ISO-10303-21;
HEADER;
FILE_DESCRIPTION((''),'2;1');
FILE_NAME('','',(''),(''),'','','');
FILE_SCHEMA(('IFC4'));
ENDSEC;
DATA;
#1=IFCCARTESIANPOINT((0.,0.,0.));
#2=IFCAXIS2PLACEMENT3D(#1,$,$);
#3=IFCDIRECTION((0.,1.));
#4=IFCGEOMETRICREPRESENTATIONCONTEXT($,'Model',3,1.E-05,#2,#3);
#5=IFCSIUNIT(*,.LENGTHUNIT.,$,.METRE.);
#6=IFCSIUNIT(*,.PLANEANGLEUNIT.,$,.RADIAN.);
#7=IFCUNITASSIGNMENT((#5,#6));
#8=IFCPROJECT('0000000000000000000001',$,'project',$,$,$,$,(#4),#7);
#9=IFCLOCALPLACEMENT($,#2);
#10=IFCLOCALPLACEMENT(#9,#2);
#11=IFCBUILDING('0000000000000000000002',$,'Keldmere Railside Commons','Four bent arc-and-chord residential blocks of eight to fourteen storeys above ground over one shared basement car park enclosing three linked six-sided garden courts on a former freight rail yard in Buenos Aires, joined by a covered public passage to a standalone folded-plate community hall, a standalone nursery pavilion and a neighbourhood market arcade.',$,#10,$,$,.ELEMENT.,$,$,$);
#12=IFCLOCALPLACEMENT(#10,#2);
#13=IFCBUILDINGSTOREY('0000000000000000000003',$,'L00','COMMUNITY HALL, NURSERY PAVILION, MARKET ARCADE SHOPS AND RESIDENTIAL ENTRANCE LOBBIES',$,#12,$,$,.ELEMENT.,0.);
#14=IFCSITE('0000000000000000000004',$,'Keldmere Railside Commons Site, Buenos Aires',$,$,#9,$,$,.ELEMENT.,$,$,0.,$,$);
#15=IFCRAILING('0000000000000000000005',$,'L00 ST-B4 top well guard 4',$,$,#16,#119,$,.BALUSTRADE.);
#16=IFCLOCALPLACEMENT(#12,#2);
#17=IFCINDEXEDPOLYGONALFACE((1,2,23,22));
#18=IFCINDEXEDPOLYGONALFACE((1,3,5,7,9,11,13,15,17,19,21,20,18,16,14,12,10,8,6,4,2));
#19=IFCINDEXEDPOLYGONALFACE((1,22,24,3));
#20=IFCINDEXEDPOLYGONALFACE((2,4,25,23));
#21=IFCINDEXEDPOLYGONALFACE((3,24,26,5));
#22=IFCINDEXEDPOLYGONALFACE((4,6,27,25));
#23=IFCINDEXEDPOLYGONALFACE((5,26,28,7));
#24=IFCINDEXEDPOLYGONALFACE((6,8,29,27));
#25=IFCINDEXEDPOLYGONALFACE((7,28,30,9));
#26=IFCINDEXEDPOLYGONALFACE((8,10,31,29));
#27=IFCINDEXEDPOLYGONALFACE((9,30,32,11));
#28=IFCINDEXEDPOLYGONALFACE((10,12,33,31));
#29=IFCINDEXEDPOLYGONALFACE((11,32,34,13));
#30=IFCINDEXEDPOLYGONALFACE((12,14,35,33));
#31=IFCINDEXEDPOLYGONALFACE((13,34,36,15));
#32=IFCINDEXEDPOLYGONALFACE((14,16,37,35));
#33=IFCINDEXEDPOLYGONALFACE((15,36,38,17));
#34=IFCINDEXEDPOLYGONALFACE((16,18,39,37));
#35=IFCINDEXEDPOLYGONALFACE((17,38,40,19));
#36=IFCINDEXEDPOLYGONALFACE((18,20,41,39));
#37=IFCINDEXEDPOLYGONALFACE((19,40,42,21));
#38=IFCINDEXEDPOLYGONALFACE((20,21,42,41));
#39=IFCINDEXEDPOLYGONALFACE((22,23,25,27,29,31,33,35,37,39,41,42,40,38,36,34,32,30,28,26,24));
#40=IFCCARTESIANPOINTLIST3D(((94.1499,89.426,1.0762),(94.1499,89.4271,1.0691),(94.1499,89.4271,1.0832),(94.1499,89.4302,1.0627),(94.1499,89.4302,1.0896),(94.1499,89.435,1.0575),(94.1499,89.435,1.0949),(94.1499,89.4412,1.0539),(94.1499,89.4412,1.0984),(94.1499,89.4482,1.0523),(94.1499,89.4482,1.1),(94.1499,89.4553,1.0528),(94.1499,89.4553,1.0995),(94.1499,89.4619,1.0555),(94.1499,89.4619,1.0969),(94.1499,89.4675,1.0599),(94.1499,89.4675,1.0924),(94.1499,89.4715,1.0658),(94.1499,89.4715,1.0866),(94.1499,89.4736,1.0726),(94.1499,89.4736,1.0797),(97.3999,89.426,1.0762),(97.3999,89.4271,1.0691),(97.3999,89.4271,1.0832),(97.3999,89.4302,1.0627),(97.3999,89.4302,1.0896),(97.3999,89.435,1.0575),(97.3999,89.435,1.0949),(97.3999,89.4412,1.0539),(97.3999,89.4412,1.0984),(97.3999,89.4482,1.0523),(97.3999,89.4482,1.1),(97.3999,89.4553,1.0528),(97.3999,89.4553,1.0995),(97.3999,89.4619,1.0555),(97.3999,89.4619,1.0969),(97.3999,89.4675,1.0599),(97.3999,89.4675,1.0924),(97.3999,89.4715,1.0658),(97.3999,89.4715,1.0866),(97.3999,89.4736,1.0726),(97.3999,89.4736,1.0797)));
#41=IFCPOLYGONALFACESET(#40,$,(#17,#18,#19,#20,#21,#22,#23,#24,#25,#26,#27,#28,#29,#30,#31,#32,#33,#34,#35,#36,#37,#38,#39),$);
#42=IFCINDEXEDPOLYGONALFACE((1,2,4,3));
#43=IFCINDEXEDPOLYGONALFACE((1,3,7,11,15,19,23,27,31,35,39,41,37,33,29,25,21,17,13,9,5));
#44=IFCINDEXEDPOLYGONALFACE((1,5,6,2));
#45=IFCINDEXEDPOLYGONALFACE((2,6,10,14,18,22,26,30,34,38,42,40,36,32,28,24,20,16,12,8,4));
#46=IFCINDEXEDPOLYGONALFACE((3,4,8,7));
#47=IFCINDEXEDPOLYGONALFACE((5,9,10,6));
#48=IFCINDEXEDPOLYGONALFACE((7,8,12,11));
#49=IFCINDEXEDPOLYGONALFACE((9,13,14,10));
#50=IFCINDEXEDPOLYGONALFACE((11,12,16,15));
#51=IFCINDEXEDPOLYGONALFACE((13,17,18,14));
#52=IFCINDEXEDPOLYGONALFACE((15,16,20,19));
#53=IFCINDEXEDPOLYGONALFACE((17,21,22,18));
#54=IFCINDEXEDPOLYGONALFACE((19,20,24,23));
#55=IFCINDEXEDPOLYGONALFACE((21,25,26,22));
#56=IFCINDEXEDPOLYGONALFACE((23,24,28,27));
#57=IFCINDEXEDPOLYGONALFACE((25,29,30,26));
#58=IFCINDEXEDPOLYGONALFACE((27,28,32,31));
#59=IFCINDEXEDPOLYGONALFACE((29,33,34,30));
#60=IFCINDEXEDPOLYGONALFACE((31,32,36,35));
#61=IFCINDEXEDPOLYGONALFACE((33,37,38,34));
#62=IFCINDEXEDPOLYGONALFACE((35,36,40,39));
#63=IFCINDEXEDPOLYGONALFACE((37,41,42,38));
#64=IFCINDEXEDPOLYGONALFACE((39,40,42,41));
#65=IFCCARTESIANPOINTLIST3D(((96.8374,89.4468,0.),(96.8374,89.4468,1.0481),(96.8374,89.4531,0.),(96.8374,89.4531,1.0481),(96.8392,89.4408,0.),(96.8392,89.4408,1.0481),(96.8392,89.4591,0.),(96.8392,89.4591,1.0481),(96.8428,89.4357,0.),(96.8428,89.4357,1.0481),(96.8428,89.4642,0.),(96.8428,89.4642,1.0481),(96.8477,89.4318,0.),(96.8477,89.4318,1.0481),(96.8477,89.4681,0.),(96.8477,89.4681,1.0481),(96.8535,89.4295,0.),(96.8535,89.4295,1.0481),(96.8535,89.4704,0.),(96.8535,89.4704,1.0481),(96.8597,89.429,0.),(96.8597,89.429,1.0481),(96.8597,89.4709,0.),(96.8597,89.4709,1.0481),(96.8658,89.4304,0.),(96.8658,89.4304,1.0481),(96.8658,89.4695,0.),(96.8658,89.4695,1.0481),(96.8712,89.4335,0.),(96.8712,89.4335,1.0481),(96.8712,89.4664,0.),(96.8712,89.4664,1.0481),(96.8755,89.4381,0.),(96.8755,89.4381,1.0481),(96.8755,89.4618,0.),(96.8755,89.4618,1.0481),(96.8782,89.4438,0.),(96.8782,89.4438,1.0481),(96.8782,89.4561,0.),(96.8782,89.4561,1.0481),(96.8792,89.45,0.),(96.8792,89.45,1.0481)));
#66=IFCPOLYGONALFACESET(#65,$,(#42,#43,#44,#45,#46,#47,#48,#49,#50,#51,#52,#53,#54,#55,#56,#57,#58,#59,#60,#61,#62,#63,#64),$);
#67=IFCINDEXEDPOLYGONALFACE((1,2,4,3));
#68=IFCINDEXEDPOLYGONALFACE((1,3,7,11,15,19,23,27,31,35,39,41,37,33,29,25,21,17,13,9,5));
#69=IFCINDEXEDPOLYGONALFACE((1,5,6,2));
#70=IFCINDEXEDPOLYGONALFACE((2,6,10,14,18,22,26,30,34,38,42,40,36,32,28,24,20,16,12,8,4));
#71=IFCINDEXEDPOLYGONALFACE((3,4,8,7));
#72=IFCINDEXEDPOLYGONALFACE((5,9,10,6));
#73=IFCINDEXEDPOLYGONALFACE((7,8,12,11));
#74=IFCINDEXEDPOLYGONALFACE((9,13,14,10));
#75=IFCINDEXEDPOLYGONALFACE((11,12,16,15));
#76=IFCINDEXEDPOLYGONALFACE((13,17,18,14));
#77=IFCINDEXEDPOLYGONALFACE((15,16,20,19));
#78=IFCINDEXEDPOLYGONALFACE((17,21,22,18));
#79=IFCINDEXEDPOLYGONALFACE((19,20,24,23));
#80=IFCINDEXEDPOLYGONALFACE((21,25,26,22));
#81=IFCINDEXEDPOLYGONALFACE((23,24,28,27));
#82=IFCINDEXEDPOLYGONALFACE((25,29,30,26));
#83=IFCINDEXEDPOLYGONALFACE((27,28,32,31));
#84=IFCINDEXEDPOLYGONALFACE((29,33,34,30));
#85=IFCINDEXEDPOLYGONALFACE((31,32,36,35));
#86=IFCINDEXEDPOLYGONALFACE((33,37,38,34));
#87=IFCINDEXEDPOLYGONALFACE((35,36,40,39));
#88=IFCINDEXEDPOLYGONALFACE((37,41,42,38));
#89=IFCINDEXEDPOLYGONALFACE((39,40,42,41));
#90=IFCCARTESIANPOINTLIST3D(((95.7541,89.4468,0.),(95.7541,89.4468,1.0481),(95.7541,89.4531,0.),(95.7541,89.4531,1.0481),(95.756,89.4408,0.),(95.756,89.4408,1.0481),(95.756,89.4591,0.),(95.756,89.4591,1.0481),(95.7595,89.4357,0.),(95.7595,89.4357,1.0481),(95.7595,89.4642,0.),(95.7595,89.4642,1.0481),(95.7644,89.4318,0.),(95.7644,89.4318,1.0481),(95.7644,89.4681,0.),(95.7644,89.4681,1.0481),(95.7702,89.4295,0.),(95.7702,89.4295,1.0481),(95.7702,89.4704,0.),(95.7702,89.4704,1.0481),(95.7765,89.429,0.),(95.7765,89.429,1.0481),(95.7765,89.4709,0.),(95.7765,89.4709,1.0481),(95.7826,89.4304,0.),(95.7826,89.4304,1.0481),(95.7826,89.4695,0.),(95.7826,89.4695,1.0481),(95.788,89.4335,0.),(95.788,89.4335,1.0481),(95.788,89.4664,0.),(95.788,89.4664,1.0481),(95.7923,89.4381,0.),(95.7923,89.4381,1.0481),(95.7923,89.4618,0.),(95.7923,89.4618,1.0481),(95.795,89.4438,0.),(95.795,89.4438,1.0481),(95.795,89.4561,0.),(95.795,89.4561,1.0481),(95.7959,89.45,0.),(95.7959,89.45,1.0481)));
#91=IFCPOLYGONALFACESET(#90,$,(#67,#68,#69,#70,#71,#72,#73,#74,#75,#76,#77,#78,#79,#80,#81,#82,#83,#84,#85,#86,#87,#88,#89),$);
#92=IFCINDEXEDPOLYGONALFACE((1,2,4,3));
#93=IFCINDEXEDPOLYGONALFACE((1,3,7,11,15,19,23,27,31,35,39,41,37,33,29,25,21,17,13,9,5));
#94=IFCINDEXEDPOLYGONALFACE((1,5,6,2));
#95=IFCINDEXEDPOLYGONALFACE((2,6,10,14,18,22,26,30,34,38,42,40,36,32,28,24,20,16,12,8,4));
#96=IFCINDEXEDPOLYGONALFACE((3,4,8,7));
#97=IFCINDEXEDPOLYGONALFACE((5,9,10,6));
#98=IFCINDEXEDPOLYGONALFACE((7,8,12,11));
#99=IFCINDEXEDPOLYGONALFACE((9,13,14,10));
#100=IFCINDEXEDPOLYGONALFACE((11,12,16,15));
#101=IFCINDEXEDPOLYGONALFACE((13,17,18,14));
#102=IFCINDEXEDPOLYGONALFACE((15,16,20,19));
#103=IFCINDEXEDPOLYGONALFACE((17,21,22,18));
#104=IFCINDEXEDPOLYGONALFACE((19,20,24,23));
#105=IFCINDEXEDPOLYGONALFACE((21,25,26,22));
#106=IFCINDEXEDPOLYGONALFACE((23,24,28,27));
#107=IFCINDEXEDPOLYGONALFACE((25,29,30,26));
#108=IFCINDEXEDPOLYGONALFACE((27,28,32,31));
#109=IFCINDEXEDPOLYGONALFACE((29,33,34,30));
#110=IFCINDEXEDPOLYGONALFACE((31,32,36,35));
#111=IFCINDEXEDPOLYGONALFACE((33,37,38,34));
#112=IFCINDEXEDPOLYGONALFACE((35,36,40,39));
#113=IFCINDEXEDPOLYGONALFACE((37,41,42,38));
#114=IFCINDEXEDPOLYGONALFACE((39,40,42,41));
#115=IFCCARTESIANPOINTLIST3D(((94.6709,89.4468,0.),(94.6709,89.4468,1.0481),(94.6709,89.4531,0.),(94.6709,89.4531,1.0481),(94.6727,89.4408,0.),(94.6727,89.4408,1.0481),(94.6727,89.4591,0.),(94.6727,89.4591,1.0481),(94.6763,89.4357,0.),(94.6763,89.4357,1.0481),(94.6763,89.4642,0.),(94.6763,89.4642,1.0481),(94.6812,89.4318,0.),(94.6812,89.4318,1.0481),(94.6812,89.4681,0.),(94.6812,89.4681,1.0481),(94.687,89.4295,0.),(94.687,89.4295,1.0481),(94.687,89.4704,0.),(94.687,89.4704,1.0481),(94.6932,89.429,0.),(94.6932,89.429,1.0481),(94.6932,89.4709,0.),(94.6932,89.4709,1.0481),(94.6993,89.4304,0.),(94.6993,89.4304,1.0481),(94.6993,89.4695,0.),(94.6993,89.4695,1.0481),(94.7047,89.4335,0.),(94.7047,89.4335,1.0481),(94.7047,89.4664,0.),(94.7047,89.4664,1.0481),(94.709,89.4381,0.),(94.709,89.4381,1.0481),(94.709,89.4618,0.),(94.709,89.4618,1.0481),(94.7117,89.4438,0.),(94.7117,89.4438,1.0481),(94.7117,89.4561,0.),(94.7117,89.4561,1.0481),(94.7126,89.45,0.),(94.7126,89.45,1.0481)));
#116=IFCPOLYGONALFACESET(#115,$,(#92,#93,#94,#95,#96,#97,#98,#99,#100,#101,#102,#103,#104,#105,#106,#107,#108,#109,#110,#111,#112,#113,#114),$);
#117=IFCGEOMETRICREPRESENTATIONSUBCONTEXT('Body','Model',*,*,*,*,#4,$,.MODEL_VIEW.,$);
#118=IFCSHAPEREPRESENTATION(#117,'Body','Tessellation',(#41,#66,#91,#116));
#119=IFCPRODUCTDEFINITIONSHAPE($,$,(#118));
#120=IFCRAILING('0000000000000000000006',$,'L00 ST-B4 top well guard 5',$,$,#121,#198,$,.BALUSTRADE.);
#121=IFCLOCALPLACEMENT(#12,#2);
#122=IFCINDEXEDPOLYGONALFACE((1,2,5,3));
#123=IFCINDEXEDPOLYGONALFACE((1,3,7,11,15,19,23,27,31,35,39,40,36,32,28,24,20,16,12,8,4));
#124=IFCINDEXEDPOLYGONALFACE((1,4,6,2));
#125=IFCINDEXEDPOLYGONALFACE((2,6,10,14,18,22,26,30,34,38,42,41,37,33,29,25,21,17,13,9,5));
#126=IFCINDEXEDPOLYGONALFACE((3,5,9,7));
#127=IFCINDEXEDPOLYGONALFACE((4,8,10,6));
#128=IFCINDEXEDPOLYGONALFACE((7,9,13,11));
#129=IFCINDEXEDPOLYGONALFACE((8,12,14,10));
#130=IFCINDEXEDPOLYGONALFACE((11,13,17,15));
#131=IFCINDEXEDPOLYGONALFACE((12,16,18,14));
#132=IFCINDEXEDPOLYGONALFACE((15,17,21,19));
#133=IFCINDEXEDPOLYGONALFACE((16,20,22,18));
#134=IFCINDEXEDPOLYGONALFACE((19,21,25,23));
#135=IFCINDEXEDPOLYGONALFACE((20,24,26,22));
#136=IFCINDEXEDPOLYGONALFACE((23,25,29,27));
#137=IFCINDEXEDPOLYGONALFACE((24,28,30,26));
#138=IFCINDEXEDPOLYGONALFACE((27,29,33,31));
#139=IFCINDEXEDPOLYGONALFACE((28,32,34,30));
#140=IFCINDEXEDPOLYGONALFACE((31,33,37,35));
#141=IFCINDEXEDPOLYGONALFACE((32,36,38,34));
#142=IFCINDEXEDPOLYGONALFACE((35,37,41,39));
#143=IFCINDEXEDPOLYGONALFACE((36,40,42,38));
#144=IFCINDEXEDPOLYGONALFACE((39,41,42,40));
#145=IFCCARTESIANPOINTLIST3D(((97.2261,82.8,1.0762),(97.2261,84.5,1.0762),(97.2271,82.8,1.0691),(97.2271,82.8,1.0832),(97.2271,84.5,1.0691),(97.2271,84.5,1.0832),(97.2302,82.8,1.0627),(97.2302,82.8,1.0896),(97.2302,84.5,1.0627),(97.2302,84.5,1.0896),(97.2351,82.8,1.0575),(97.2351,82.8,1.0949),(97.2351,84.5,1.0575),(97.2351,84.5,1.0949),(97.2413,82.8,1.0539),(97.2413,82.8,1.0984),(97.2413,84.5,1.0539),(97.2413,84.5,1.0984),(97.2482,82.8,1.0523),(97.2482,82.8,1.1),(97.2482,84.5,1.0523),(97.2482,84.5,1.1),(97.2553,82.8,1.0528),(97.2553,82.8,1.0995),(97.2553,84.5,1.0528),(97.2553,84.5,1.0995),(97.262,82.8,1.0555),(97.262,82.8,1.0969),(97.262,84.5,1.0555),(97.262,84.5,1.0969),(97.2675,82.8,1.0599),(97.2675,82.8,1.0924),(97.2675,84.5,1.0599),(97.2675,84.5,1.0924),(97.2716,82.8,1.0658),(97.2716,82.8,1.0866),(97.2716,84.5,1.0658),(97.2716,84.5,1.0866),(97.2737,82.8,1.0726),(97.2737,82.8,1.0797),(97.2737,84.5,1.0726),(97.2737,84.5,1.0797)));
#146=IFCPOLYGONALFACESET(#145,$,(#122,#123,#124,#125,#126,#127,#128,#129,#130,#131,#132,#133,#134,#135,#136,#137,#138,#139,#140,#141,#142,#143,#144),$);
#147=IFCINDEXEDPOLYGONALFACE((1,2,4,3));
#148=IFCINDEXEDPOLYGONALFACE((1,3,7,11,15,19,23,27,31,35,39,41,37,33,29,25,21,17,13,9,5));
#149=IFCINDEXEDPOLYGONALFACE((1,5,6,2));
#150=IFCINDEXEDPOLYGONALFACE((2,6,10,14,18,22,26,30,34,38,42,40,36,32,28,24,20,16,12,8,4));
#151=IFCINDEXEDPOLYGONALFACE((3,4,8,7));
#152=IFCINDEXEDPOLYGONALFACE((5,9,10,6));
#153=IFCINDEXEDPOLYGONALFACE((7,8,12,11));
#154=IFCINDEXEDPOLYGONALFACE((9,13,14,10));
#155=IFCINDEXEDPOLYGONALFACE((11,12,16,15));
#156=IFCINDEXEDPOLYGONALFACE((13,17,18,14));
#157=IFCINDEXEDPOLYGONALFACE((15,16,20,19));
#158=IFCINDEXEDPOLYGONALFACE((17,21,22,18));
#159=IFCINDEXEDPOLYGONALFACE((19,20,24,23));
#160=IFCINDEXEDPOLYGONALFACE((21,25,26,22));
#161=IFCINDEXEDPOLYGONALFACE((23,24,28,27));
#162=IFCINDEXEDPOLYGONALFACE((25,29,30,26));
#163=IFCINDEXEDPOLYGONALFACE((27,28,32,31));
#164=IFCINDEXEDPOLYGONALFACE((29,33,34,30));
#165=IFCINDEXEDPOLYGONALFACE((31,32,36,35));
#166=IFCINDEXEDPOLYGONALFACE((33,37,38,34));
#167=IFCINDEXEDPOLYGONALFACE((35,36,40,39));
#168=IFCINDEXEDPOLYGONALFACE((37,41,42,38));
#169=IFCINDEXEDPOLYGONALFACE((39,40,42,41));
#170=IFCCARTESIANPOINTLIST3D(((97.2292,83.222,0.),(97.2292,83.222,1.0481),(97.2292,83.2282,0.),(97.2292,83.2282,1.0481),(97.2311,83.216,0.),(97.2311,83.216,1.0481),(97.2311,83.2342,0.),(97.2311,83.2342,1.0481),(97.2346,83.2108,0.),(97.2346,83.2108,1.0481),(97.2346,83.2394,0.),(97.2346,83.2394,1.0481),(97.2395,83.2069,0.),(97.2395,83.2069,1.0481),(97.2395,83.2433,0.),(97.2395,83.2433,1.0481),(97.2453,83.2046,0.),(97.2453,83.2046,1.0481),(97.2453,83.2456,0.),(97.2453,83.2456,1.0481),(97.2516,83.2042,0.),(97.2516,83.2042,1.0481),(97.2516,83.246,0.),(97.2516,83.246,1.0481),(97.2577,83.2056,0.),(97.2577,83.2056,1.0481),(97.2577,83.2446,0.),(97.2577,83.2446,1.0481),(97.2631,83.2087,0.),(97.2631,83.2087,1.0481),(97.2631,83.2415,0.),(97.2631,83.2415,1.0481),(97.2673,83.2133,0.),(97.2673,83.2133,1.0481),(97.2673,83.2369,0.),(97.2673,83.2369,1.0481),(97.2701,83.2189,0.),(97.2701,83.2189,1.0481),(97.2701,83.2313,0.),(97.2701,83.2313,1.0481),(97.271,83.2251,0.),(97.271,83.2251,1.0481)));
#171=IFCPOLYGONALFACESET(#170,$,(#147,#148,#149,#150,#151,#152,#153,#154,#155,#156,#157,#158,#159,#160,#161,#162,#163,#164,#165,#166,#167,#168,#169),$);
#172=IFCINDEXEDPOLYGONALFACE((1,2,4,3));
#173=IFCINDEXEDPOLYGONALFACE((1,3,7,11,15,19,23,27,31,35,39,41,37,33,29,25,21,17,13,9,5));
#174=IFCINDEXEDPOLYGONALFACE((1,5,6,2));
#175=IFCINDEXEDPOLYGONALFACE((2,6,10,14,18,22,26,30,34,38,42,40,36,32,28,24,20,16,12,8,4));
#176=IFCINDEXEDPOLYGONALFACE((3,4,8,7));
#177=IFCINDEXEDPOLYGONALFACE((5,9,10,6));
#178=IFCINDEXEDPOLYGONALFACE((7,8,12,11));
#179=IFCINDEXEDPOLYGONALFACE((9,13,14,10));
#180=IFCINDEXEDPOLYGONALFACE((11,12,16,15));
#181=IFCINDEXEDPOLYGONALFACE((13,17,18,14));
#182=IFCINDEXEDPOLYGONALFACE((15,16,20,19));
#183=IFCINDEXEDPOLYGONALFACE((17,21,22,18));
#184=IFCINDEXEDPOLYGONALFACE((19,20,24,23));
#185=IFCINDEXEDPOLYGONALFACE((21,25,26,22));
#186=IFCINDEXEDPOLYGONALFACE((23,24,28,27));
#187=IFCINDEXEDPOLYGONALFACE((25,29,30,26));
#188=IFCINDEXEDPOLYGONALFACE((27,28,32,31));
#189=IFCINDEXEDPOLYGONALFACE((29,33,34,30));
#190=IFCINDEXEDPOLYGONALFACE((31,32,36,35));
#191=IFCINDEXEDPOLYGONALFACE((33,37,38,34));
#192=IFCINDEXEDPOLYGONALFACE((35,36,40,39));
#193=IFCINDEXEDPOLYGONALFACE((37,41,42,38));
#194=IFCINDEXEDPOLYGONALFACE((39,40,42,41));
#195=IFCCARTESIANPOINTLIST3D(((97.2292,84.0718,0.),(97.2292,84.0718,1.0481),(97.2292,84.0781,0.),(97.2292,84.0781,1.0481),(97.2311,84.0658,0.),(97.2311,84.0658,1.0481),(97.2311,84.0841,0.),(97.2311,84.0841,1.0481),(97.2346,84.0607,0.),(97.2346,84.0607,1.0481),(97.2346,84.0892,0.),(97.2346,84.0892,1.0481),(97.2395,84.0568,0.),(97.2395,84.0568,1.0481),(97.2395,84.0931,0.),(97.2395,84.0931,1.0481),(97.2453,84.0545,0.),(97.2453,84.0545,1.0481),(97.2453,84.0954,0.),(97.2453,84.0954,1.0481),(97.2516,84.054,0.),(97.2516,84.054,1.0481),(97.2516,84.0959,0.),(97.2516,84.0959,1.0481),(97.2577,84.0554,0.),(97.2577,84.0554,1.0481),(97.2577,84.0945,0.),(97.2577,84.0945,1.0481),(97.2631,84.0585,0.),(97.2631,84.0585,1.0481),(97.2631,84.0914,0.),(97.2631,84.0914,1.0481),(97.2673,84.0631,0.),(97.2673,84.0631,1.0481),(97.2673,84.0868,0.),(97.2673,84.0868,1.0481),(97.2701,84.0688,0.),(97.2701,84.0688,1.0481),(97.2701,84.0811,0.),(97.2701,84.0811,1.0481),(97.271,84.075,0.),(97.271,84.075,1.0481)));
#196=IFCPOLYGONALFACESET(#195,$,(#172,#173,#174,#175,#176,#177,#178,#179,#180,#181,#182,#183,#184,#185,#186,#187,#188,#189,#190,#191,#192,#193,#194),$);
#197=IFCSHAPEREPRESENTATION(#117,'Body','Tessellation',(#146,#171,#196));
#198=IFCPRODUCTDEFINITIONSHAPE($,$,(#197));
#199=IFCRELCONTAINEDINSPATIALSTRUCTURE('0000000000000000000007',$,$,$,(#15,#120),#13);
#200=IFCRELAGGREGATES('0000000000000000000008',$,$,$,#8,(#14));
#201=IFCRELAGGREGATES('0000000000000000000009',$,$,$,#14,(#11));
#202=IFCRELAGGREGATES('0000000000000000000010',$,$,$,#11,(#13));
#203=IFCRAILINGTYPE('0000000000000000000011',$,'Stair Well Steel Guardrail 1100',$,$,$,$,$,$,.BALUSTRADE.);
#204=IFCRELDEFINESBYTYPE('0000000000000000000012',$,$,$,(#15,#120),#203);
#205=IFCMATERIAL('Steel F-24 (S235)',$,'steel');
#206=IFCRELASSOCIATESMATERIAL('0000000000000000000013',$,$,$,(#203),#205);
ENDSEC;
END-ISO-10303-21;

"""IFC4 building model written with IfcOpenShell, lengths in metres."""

from ifc_helpers import new_model, si_unit, direction, frame, origin, origin_2d, place, context, subcontext, project, spatial, circle, extrude, material, type_object, element, save


model = new_model("IFC4")

# Units and contexts
model_context = context("Model", 3, precision=1e-05, world=origin(), true_north=direction((0.0, 1.0)))
body_context = subcontext(model_context, "Body", "Model", "MODEL_VIEW")
ifc_project = project(units=[si_unit("LENGTHUNIT", "METRE"), si_unit("PLANEANGLEUNIT", "RADIAN")], contexts=[model_context])

# Site, building, storey
site_placement = place(None, origin())
site = spatial("IfcSite", under=ifc_project, at=site_placement, Name="Keldmere Railside Commons Site, Buenos Aires", CompositionType="ELEMENT", RefElevation=0.0)
building_placement = place(site_placement, origin())
building = spatial("IfcBuilding", under=site, at=building_placement, Name="Keldmere Railside Commons", Description="Four bent arc-and-chord residential blocks of eight to fourteen storeys above ground over one shared basement car park enclosing three linked six-sided garden courts on a former freight rail yard in Buenos Aires, joined by a covered public passage to a standalone folded-plate community hall, a standalone nursery pavilion and a neighbourhood market arcade.", CompositionType="ELEMENT")
storey_placement = place(building_placement, origin())
storey = spatial("IfcBuildingStorey", under=building, at=storey_placement, Name="L00", Description="COMMUNITY HALL, NURSERY PAVILION, MARKET ARCADE SHOPS AND RESIDENTIAL ENTRANCE LOBBIES", CompositionType="ELEMENT", Elevation=0.0)

# Shared definitions
ifc_material_1 = material(Name="Steel F-24 (S235)", Category="steel")

# Railings
railing_type = type_object("IfcRailingType", Name="Stair Well Steel Guardrail 1100", PredefinedType="BALUSTRADE", material=ifc_material_1)
railing_1_placement = place(storey_placement, frame((97.3999, 89.45, 0.0)))
element("IfcRailing", 1, at=railing_1_placement, inside=storey, type_object=railing_type, Name="L00 ST-B4 top well guard 4", PredefinedType="BALUSTRADE", context=body_context, shape_type="SweptSolid", body=[
    extrude(circle(Radius=0.0239, at=origin_2d()), frame((0.0, 0.0, 1.0762), z_axis=(-1.0, 0.0, 0.0), x_axis=(0.0, -1.0, 0.0)), (0.0, 0.0, 1.0), 3.25),
    extrude(circle(Radius=0.021, at=origin_2d()), frame((-0.5417, 0.0, 0.0)), (0.0, 0.0, 1.0), 1.0481),
    extrude(circle(Radius=0.021, at=origin_2d()), frame((-1.625, 0.0, 0.0)), (0.0, 0.0, 1.0), 1.0481),
    extrude(circle(Radius=0.021, at=origin_2d()), frame((-2.7083, 0.0, 0.0)), (0.0, 0.0, 1.0), 1.0481),
])
for number, where, name in (
    (2, (97.25, 82.8, 0.0), "L00 ST-B4 top well guard 5"),
):
    element("IfcRailing", number, at=place(storey_placement, frame(where)), inside=storey, type_object=railing_type, Name=name, PredefinedType="BALUSTRADE", context=body_context, shape_type="SweptSolid", body=[
        extrude(circle(Radius=0.0239, at=origin_2d()), frame((0.0, 0.0, 1.0762), z_axis=(0.0, 1.0, 0.0), x_axis=(-1.0, 0.0, 0.0)), (0.0, 0.0, 1.0), 1.7),
        extrude(circle(Radius=0.021, at=origin_2d()), frame((0.0, 0.425, 0.0)), (0.0, 0.0, 1.0), 1.0481),
        extrude(circle(Radius=0.021, at=origin_2d()), frame((0.0, 1.2749, 0.0)), (0.0, 0.0, 1.0), 1.0481),
    ])

save(model, "model.ifc")
